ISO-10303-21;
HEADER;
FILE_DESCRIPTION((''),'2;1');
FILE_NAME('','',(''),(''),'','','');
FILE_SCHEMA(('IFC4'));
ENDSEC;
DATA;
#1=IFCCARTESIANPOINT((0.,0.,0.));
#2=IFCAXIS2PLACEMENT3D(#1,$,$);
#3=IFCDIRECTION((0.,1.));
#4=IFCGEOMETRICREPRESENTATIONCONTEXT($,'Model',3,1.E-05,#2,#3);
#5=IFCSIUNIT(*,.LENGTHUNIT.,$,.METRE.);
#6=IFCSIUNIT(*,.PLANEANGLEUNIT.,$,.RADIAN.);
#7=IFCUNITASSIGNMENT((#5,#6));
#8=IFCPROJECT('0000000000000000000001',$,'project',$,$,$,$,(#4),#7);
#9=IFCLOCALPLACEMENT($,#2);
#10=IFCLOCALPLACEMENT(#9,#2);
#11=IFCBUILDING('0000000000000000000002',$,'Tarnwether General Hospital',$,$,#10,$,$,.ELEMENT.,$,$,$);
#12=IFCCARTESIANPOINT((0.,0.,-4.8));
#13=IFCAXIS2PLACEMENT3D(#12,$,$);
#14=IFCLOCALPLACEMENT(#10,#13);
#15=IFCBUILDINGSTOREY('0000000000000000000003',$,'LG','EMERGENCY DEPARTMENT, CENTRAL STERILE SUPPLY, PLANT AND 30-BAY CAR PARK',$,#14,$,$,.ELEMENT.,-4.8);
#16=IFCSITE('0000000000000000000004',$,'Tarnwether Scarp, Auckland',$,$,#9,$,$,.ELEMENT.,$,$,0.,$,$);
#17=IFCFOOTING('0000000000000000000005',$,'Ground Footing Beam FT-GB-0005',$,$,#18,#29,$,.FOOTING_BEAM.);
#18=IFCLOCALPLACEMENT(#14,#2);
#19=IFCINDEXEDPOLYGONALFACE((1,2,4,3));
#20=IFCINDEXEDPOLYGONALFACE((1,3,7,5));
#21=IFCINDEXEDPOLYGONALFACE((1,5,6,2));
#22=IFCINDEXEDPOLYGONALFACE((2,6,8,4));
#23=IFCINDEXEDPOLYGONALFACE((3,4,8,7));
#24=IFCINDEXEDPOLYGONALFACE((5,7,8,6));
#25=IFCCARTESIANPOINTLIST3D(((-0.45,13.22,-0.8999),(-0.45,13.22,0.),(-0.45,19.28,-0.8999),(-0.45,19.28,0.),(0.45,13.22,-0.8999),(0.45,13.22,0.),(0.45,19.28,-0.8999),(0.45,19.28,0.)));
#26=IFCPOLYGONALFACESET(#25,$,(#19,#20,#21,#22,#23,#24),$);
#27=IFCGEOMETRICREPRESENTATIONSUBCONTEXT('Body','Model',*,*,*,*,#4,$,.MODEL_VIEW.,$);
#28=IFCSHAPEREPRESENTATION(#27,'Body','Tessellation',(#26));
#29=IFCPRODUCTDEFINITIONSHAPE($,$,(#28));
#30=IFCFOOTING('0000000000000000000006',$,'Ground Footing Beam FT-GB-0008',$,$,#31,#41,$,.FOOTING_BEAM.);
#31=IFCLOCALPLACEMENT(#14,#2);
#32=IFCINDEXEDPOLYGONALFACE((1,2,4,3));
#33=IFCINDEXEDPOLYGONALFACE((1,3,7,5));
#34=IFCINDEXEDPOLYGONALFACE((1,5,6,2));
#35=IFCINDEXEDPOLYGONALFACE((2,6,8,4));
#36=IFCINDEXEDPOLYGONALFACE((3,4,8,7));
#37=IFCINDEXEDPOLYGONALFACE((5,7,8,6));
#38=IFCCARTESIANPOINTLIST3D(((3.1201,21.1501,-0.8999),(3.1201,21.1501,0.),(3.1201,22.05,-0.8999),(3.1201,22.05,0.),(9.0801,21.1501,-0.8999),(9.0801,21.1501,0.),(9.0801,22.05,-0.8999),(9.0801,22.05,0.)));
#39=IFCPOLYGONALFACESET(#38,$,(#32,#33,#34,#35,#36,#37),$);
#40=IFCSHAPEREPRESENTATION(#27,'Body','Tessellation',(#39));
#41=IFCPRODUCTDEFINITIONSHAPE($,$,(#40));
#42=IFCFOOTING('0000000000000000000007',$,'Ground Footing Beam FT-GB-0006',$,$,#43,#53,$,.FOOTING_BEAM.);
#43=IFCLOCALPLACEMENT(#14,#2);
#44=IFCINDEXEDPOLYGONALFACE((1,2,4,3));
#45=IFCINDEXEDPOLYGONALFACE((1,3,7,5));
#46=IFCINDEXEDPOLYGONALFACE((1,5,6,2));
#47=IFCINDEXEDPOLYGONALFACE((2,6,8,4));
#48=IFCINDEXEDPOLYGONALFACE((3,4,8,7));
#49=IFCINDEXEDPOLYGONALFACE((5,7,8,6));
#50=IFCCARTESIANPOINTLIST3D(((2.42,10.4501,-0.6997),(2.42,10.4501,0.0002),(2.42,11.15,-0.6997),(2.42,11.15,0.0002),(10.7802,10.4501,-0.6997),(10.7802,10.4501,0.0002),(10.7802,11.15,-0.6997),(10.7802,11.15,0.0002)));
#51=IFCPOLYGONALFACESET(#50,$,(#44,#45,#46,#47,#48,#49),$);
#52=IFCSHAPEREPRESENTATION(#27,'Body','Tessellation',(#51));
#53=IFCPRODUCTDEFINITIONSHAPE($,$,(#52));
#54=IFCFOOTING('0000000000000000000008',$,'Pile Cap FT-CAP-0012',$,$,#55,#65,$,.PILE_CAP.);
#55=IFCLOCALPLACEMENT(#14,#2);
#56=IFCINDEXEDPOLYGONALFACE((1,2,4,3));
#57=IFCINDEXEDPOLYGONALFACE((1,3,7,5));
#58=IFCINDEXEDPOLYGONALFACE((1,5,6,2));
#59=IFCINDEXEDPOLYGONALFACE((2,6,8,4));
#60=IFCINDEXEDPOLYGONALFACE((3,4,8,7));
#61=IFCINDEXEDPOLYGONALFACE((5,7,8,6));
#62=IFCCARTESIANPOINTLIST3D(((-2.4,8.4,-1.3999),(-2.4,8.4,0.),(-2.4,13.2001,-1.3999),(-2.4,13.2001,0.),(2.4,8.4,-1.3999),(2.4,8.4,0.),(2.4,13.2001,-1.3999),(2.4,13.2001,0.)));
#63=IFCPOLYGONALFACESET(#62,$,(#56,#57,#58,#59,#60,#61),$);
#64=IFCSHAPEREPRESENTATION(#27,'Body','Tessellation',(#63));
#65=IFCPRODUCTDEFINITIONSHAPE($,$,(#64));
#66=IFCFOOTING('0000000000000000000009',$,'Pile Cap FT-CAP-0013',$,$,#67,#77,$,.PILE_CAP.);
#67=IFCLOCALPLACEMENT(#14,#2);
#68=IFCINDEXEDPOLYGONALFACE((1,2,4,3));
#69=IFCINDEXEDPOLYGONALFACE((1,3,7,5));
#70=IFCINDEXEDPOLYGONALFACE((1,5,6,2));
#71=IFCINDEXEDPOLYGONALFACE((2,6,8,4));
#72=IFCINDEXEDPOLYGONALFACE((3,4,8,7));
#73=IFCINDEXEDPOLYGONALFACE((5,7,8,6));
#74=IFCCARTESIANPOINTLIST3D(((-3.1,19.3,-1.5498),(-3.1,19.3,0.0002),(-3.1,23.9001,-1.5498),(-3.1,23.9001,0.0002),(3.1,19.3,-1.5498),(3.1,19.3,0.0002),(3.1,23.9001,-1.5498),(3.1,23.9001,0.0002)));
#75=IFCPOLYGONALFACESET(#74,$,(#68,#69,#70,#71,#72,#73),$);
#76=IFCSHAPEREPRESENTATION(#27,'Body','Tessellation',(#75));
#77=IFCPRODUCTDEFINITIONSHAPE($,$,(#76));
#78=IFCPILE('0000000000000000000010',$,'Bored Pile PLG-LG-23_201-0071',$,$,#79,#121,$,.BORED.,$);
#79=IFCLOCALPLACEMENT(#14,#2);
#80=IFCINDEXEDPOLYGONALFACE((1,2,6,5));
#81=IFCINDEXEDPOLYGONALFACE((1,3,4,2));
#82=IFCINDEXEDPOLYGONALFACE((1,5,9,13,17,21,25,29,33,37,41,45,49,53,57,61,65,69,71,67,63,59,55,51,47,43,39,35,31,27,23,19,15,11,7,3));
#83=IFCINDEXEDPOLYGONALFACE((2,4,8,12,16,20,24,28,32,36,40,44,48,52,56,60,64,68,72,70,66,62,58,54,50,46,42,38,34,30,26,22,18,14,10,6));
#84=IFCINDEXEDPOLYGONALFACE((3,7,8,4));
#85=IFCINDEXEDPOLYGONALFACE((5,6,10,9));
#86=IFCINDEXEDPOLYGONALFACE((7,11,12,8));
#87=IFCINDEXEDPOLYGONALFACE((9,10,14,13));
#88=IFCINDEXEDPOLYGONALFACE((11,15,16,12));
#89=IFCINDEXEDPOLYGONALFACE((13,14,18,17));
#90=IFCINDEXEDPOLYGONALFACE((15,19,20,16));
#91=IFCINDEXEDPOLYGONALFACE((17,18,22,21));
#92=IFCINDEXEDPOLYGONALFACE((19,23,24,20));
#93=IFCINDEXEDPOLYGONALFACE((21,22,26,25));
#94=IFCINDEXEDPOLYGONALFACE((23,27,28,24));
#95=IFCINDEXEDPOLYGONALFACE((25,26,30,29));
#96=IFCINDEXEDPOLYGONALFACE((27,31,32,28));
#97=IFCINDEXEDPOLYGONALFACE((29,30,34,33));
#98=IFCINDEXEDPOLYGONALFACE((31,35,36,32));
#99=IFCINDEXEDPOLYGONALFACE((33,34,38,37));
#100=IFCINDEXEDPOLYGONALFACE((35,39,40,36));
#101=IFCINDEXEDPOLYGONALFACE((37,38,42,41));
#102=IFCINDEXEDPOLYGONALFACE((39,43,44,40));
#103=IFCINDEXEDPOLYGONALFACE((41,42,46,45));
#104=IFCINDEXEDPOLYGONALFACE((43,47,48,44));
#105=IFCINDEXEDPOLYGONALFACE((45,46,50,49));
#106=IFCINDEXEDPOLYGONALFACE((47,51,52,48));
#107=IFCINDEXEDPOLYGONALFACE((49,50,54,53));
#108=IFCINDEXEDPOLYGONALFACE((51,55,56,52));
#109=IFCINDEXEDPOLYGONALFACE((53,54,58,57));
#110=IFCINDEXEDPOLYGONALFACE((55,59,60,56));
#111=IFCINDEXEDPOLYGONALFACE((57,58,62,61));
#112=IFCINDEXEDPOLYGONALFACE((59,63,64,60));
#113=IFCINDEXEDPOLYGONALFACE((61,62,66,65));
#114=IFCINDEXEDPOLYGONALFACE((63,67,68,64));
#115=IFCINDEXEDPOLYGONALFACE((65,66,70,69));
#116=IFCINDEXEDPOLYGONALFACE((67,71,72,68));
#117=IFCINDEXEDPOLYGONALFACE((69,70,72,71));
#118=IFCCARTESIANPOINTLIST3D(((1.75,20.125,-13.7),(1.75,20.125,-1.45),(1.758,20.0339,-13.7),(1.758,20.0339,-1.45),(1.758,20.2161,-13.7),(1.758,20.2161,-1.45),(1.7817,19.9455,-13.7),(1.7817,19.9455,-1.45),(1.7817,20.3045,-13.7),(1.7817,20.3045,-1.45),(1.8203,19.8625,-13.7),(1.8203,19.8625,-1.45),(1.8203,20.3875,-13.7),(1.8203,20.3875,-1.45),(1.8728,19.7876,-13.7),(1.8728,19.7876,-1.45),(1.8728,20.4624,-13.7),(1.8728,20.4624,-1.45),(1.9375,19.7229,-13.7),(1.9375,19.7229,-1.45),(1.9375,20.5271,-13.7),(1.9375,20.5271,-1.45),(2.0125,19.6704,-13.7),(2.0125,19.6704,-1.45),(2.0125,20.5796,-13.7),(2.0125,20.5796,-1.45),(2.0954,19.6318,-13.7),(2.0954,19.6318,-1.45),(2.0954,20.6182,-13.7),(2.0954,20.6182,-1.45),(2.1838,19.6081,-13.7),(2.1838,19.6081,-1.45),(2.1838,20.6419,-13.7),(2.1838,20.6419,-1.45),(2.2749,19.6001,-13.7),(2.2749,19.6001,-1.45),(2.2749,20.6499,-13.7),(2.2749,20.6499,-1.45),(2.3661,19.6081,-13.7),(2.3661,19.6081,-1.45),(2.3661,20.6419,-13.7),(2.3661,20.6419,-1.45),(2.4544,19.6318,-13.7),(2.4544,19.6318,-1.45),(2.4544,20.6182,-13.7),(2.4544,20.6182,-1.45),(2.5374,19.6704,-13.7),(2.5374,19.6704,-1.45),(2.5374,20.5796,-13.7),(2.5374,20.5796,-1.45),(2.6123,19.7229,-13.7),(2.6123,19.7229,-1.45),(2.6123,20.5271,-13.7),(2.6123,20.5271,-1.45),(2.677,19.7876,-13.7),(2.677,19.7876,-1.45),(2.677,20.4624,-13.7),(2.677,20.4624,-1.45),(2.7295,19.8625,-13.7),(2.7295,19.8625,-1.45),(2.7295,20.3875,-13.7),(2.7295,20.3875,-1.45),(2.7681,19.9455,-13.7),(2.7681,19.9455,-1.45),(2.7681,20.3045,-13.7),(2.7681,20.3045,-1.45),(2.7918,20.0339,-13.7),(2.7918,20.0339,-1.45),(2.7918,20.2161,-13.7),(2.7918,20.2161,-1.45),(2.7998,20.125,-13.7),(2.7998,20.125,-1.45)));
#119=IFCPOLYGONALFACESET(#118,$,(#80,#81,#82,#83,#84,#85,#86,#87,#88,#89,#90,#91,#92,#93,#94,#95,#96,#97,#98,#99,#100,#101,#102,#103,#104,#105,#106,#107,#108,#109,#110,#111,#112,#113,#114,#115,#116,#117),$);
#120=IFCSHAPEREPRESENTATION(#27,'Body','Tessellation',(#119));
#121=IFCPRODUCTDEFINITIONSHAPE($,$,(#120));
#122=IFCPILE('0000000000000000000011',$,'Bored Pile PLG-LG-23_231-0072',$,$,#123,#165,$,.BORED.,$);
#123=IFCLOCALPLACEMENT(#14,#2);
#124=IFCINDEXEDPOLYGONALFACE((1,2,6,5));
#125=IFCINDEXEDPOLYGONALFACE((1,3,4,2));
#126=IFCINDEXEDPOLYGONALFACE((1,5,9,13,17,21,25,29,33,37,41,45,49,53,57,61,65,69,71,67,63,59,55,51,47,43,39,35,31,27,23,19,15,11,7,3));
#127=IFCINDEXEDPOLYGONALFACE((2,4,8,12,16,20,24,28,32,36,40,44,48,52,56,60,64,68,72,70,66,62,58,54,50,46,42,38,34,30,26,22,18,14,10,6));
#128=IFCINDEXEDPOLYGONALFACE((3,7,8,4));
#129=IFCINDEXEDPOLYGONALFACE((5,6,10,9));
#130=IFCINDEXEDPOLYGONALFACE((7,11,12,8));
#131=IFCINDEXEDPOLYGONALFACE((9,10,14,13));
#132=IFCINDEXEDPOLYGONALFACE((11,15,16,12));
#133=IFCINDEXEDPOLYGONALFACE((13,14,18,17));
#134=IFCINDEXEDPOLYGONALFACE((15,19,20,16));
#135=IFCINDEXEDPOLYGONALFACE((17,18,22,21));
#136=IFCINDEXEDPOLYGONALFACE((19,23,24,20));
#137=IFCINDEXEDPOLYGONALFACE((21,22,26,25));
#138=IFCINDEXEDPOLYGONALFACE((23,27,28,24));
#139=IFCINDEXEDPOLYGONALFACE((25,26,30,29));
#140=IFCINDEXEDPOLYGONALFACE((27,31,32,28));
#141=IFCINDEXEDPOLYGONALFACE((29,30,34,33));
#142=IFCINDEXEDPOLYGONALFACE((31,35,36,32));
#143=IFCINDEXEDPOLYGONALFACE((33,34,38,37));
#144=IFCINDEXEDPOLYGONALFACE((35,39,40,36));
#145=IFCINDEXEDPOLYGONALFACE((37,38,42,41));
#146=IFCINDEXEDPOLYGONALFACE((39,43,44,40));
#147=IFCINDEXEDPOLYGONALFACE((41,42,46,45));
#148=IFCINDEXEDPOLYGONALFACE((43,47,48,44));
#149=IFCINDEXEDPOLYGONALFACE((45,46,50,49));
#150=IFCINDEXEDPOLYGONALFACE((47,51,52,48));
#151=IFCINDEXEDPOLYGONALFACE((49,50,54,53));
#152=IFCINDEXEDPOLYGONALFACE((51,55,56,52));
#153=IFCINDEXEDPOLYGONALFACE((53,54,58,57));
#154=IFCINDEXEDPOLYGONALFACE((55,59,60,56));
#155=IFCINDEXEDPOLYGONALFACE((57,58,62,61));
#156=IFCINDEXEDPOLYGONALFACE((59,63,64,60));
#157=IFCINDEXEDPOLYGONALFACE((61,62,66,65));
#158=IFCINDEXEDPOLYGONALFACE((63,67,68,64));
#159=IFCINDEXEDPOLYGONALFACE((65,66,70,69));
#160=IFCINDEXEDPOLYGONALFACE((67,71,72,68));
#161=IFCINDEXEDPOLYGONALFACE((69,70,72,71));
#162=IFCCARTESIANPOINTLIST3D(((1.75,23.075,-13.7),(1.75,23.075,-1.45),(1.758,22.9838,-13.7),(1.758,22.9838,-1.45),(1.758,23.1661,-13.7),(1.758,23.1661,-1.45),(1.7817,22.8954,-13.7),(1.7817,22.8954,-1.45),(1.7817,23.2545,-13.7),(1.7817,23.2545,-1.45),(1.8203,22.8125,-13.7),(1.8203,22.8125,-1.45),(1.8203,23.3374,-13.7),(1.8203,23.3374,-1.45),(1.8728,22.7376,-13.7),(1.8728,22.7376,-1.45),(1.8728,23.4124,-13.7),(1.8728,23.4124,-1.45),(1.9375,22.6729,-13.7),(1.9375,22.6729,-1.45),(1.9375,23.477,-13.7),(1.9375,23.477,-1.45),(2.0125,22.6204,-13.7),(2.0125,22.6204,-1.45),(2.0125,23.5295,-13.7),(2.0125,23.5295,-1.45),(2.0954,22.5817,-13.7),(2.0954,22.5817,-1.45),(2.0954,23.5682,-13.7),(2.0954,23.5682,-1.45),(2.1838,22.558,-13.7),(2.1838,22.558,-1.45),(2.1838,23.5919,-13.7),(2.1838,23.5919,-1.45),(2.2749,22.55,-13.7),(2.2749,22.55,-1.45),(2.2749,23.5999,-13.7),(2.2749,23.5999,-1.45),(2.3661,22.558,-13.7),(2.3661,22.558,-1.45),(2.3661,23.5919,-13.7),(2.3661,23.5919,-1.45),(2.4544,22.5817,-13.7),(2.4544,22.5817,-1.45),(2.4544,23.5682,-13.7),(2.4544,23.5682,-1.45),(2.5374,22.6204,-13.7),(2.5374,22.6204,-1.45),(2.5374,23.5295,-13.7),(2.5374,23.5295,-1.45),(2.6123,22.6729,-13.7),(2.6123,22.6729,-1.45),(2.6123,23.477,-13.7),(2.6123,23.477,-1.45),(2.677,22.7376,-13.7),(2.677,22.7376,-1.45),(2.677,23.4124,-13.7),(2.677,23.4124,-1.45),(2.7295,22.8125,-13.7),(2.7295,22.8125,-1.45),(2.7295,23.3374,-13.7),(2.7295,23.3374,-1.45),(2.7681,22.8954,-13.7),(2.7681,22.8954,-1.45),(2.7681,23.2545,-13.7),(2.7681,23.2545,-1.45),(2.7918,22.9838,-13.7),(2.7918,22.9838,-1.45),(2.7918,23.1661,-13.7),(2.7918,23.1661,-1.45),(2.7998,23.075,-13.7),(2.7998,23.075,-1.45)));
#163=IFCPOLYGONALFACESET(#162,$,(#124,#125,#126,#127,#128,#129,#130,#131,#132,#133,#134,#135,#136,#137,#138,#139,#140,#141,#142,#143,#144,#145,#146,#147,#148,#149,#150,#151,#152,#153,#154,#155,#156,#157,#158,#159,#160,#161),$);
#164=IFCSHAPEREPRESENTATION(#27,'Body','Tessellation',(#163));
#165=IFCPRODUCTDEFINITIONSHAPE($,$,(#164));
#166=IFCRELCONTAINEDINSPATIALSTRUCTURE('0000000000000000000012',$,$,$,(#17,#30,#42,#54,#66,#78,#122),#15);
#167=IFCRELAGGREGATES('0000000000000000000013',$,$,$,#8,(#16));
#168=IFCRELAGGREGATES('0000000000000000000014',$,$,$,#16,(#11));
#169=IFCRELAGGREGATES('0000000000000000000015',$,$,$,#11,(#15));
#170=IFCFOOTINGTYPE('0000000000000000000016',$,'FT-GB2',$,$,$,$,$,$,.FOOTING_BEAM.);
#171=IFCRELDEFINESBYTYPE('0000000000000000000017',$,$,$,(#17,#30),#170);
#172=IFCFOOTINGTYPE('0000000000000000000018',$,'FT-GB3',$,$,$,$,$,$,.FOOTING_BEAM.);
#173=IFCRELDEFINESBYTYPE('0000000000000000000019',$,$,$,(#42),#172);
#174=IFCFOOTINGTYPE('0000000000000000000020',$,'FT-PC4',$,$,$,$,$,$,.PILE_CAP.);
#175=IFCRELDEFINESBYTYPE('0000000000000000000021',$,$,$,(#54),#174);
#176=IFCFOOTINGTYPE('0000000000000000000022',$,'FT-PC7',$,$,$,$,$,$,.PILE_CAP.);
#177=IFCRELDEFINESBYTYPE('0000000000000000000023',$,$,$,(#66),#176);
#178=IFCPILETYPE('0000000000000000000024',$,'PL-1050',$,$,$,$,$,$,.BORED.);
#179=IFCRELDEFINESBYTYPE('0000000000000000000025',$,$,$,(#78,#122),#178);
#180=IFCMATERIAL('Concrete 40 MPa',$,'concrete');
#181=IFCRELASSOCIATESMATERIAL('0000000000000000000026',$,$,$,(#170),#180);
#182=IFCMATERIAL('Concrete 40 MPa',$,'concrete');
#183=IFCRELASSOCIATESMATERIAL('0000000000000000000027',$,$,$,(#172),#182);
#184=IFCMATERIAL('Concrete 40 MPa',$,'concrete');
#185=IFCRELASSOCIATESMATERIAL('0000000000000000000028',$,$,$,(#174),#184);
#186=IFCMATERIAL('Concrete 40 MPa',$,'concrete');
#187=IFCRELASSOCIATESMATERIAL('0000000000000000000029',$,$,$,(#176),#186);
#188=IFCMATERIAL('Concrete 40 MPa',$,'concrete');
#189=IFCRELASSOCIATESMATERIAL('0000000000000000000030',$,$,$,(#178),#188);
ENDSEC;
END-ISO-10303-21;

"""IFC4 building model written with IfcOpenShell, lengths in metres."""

from ifc_helpers import new_model, si_unit, direction, frame, origin, origin_2d, place, context, subcontext, project, spatial, rectangle, circle, extrude, material, material_profile, profile_set, type_object, element, save


model = new_model("IFC4")

# Units and contexts
model_context = context("Model", 3, precision=1e-05, world=origin(), true_north=direction((0.0, 1.0)))
body_context = subcontext(model_context, "Body", "Model", "MODEL_VIEW")
ifc_project = project(units=[si_unit("LENGTHUNIT", "METRE"), si_unit("PLANEANGLEUNIT", "RADIAN")], contexts=[model_context])

# Site, building, storey
site_placement = place(None, origin())
site = spatial("IfcSite", under=ifc_project, at=site_placement, Name="Tarnwether Scarp, Auckland", CompositionType="ELEMENT", RefElevation=0.0)
building_placement = place(site_placement, origin())
building = spatial("IfcBuilding", under=site, at=building_placement, Name="Tarnwether General Hospital", CompositionType="ELEMENT")
storey_placement = place(building_placement, frame((0.0, 0.0, -4.8)))
storey = spatial("IfcBuildingStorey", under=building, at=storey_placement, Name="LG", Description="EMERGENCY DEPARTMENT, CENTRAL STERILE SUPPLY, PLANT AND 30-BAY CAR PARK", CompositionType="ELEMENT", Elevation=-4.8)

# Footings
ifc_material_1 = material(Name="Concrete 40 MPa", Category="concrete")
footing_type_1 = type_object("IfcFootingType", Name="FT-GB2", PredefinedType="FOOTING_BEAM", material=ifc_material_1)
footing_1_placement = place(storey_placement, frame((0.0, 16.25, -0.8999), z_axis=(0.0, 0.0, 1.0), x_axis=(0.0, 1.0, 0.0)))
element("IfcFooting", 1, at=footing_1_placement, inside=storey, type_object=footing_type_1, Name="Ground Footing Beam FT-GB-0005", PredefinedType="FOOTING_BEAM", context=body_context, shape_type="SweptSolid", body=[
    extrude(rectangle(XDim=6.0601, YDim=0.8999, at=origin_2d()), origin(), (0.0, 0.0, 1.0), 0.8999),
])
footing_2_placement = place(storey_placement, frame((6.1001, 21.6001, -0.8999), z_axis=(0.0, 0.0, 1.0), x_axis=(1.0, 0.0, 0.0)))
element("IfcFooting", 2, at=footing_2_placement, inside=storey, type_object=footing_type_1, Name="Ground Footing Beam FT-GB-0008", PredefinedType="FOOTING_BEAM", context=body_context, shape_type="SweptSolid", body=[
    extrude(rectangle(XDim=5.96, YDim=0.8999, at=origin_2d()), origin(), (0.0, 0.0, 1.0), 0.8999),
])
ifc_material_2 = material(Name="Concrete 40 MPa", Category="concrete")
footing_type_2 = type_object("IfcFootingType", Name="FT-GB3", PredefinedType="FOOTING_BEAM", material=ifc_material_2)
footing_3_placement = place(storey_placement, frame((6.6001, 10.8, -0.6997), z_axis=(0.0, 0.0, 1.0), x_axis=(1.0, 0.0, 0.0)))
element("IfcFooting", 3, at=footing_3_placement, inside=storey, type_object=footing_type_2, Name="Ground Footing Beam FT-GB-0006", PredefinedType="FOOTING_BEAM", context=body_context, shape_type="SweptSolid", body=[
    extrude(rectangle(XDim=8.3601, YDim=0.7, at=origin_2d()), origin(), (0.0, 0.0, 1.0), 0.7),
])
ifc_material_3 = material(Name="Concrete 40 MPa", Category="concrete")
footing_type_3 = type_object("IfcFootingType", Name="FT-PC4", PredefinedType="PILE_CAP", material=ifc_material_3)
footing_4_placement = place(storey_placement, frame((0.0, 10.8, -1.3999), z_axis=(0.0, 0.0, 1.0), x_axis=(1.0, 0.0, 0.0)))
element("IfcFooting", 4, at=footing_4_placement, inside=storey, type_object=footing_type_3, Name="Pile Cap FT-CAP-0012", PredefinedType="PILE_CAP", context=body_context, shape_type="SweptSolid", body=[
    extrude(rectangle(XDim=4.8, YDim=4.8, at=origin_2d()), origin(), (0.0, 0.0, 1.0), 1.3999),
])
ifc_material_4 = material(Name="Concrete 40 MPa", Category="concrete")
footing_type_4 = type_object("IfcFootingType", Name="FT-PC7", PredefinedType="PILE_CAP", material=ifc_material_4)
footing_5_placement = place(storey_placement, frame((0.0, 21.6001, -1.5498), z_axis=(0.0, 0.0, 1.0), x_axis=(1.0, 0.0, 0.0)))
element("IfcFooting", 5, at=footing_5_placement, inside=storey, type_object=footing_type_4, Name="Pile Cap FT-CAP-0013", PredefinedType="PILE_CAP", context=body_context, shape_type="SweptSolid", body=[
    extrude(rectangle(XDim=6.2, YDim=4.6001, at=origin_2d()), origin(), (0.0, 0.0, 1.0), 1.55),
])

# Piles
ifc_material_5 = material(Name="Concrete 40 MPa", Category="concrete")
ifc_material_profile_1 = material_profile(ifc_material_5, circle(Radius=0.5249, at=origin_2d()), Name="PILE-D1050")
ifc_profile_set_1 = profile_set([ifc_material_profile_1], Name="Concrete 40 MPa")
pile_type_1 = type_object("IfcPileType", Name="PL-1050", PredefinedType="BORED", material=ifc_profile_set_1)
for number, where, z_axis, x_axis, name in (
    (6, (2.2749, 20.125, -1.45), (0.0, 0.0, -1.0), (1.0, 0.0, 0.0), "Bored Pile PLG-LG-23_201-0071"),
    (7, (2.2749, 23.075, -1.45), (0.0, 0.0, -1.0), (1.0, 0.0, 0.0), "Bored Pile PLG-LG-23_231-0072"),
):
    element("IfcPile", number, at=place(storey_placement, frame(where, z_axis=z_axis, x_axis=x_axis)), inside=storey, type_object=pile_type_1, Name=name, PredefinedType="BORED", context=body_context, shape_type="SweptSolid", body=[
        extrude(circle(Radius=0.5249, at=origin_2d()), origin(), (0.0, 0.0, 1.0), 12.25),
    ])

save(model, "model.ifc")
